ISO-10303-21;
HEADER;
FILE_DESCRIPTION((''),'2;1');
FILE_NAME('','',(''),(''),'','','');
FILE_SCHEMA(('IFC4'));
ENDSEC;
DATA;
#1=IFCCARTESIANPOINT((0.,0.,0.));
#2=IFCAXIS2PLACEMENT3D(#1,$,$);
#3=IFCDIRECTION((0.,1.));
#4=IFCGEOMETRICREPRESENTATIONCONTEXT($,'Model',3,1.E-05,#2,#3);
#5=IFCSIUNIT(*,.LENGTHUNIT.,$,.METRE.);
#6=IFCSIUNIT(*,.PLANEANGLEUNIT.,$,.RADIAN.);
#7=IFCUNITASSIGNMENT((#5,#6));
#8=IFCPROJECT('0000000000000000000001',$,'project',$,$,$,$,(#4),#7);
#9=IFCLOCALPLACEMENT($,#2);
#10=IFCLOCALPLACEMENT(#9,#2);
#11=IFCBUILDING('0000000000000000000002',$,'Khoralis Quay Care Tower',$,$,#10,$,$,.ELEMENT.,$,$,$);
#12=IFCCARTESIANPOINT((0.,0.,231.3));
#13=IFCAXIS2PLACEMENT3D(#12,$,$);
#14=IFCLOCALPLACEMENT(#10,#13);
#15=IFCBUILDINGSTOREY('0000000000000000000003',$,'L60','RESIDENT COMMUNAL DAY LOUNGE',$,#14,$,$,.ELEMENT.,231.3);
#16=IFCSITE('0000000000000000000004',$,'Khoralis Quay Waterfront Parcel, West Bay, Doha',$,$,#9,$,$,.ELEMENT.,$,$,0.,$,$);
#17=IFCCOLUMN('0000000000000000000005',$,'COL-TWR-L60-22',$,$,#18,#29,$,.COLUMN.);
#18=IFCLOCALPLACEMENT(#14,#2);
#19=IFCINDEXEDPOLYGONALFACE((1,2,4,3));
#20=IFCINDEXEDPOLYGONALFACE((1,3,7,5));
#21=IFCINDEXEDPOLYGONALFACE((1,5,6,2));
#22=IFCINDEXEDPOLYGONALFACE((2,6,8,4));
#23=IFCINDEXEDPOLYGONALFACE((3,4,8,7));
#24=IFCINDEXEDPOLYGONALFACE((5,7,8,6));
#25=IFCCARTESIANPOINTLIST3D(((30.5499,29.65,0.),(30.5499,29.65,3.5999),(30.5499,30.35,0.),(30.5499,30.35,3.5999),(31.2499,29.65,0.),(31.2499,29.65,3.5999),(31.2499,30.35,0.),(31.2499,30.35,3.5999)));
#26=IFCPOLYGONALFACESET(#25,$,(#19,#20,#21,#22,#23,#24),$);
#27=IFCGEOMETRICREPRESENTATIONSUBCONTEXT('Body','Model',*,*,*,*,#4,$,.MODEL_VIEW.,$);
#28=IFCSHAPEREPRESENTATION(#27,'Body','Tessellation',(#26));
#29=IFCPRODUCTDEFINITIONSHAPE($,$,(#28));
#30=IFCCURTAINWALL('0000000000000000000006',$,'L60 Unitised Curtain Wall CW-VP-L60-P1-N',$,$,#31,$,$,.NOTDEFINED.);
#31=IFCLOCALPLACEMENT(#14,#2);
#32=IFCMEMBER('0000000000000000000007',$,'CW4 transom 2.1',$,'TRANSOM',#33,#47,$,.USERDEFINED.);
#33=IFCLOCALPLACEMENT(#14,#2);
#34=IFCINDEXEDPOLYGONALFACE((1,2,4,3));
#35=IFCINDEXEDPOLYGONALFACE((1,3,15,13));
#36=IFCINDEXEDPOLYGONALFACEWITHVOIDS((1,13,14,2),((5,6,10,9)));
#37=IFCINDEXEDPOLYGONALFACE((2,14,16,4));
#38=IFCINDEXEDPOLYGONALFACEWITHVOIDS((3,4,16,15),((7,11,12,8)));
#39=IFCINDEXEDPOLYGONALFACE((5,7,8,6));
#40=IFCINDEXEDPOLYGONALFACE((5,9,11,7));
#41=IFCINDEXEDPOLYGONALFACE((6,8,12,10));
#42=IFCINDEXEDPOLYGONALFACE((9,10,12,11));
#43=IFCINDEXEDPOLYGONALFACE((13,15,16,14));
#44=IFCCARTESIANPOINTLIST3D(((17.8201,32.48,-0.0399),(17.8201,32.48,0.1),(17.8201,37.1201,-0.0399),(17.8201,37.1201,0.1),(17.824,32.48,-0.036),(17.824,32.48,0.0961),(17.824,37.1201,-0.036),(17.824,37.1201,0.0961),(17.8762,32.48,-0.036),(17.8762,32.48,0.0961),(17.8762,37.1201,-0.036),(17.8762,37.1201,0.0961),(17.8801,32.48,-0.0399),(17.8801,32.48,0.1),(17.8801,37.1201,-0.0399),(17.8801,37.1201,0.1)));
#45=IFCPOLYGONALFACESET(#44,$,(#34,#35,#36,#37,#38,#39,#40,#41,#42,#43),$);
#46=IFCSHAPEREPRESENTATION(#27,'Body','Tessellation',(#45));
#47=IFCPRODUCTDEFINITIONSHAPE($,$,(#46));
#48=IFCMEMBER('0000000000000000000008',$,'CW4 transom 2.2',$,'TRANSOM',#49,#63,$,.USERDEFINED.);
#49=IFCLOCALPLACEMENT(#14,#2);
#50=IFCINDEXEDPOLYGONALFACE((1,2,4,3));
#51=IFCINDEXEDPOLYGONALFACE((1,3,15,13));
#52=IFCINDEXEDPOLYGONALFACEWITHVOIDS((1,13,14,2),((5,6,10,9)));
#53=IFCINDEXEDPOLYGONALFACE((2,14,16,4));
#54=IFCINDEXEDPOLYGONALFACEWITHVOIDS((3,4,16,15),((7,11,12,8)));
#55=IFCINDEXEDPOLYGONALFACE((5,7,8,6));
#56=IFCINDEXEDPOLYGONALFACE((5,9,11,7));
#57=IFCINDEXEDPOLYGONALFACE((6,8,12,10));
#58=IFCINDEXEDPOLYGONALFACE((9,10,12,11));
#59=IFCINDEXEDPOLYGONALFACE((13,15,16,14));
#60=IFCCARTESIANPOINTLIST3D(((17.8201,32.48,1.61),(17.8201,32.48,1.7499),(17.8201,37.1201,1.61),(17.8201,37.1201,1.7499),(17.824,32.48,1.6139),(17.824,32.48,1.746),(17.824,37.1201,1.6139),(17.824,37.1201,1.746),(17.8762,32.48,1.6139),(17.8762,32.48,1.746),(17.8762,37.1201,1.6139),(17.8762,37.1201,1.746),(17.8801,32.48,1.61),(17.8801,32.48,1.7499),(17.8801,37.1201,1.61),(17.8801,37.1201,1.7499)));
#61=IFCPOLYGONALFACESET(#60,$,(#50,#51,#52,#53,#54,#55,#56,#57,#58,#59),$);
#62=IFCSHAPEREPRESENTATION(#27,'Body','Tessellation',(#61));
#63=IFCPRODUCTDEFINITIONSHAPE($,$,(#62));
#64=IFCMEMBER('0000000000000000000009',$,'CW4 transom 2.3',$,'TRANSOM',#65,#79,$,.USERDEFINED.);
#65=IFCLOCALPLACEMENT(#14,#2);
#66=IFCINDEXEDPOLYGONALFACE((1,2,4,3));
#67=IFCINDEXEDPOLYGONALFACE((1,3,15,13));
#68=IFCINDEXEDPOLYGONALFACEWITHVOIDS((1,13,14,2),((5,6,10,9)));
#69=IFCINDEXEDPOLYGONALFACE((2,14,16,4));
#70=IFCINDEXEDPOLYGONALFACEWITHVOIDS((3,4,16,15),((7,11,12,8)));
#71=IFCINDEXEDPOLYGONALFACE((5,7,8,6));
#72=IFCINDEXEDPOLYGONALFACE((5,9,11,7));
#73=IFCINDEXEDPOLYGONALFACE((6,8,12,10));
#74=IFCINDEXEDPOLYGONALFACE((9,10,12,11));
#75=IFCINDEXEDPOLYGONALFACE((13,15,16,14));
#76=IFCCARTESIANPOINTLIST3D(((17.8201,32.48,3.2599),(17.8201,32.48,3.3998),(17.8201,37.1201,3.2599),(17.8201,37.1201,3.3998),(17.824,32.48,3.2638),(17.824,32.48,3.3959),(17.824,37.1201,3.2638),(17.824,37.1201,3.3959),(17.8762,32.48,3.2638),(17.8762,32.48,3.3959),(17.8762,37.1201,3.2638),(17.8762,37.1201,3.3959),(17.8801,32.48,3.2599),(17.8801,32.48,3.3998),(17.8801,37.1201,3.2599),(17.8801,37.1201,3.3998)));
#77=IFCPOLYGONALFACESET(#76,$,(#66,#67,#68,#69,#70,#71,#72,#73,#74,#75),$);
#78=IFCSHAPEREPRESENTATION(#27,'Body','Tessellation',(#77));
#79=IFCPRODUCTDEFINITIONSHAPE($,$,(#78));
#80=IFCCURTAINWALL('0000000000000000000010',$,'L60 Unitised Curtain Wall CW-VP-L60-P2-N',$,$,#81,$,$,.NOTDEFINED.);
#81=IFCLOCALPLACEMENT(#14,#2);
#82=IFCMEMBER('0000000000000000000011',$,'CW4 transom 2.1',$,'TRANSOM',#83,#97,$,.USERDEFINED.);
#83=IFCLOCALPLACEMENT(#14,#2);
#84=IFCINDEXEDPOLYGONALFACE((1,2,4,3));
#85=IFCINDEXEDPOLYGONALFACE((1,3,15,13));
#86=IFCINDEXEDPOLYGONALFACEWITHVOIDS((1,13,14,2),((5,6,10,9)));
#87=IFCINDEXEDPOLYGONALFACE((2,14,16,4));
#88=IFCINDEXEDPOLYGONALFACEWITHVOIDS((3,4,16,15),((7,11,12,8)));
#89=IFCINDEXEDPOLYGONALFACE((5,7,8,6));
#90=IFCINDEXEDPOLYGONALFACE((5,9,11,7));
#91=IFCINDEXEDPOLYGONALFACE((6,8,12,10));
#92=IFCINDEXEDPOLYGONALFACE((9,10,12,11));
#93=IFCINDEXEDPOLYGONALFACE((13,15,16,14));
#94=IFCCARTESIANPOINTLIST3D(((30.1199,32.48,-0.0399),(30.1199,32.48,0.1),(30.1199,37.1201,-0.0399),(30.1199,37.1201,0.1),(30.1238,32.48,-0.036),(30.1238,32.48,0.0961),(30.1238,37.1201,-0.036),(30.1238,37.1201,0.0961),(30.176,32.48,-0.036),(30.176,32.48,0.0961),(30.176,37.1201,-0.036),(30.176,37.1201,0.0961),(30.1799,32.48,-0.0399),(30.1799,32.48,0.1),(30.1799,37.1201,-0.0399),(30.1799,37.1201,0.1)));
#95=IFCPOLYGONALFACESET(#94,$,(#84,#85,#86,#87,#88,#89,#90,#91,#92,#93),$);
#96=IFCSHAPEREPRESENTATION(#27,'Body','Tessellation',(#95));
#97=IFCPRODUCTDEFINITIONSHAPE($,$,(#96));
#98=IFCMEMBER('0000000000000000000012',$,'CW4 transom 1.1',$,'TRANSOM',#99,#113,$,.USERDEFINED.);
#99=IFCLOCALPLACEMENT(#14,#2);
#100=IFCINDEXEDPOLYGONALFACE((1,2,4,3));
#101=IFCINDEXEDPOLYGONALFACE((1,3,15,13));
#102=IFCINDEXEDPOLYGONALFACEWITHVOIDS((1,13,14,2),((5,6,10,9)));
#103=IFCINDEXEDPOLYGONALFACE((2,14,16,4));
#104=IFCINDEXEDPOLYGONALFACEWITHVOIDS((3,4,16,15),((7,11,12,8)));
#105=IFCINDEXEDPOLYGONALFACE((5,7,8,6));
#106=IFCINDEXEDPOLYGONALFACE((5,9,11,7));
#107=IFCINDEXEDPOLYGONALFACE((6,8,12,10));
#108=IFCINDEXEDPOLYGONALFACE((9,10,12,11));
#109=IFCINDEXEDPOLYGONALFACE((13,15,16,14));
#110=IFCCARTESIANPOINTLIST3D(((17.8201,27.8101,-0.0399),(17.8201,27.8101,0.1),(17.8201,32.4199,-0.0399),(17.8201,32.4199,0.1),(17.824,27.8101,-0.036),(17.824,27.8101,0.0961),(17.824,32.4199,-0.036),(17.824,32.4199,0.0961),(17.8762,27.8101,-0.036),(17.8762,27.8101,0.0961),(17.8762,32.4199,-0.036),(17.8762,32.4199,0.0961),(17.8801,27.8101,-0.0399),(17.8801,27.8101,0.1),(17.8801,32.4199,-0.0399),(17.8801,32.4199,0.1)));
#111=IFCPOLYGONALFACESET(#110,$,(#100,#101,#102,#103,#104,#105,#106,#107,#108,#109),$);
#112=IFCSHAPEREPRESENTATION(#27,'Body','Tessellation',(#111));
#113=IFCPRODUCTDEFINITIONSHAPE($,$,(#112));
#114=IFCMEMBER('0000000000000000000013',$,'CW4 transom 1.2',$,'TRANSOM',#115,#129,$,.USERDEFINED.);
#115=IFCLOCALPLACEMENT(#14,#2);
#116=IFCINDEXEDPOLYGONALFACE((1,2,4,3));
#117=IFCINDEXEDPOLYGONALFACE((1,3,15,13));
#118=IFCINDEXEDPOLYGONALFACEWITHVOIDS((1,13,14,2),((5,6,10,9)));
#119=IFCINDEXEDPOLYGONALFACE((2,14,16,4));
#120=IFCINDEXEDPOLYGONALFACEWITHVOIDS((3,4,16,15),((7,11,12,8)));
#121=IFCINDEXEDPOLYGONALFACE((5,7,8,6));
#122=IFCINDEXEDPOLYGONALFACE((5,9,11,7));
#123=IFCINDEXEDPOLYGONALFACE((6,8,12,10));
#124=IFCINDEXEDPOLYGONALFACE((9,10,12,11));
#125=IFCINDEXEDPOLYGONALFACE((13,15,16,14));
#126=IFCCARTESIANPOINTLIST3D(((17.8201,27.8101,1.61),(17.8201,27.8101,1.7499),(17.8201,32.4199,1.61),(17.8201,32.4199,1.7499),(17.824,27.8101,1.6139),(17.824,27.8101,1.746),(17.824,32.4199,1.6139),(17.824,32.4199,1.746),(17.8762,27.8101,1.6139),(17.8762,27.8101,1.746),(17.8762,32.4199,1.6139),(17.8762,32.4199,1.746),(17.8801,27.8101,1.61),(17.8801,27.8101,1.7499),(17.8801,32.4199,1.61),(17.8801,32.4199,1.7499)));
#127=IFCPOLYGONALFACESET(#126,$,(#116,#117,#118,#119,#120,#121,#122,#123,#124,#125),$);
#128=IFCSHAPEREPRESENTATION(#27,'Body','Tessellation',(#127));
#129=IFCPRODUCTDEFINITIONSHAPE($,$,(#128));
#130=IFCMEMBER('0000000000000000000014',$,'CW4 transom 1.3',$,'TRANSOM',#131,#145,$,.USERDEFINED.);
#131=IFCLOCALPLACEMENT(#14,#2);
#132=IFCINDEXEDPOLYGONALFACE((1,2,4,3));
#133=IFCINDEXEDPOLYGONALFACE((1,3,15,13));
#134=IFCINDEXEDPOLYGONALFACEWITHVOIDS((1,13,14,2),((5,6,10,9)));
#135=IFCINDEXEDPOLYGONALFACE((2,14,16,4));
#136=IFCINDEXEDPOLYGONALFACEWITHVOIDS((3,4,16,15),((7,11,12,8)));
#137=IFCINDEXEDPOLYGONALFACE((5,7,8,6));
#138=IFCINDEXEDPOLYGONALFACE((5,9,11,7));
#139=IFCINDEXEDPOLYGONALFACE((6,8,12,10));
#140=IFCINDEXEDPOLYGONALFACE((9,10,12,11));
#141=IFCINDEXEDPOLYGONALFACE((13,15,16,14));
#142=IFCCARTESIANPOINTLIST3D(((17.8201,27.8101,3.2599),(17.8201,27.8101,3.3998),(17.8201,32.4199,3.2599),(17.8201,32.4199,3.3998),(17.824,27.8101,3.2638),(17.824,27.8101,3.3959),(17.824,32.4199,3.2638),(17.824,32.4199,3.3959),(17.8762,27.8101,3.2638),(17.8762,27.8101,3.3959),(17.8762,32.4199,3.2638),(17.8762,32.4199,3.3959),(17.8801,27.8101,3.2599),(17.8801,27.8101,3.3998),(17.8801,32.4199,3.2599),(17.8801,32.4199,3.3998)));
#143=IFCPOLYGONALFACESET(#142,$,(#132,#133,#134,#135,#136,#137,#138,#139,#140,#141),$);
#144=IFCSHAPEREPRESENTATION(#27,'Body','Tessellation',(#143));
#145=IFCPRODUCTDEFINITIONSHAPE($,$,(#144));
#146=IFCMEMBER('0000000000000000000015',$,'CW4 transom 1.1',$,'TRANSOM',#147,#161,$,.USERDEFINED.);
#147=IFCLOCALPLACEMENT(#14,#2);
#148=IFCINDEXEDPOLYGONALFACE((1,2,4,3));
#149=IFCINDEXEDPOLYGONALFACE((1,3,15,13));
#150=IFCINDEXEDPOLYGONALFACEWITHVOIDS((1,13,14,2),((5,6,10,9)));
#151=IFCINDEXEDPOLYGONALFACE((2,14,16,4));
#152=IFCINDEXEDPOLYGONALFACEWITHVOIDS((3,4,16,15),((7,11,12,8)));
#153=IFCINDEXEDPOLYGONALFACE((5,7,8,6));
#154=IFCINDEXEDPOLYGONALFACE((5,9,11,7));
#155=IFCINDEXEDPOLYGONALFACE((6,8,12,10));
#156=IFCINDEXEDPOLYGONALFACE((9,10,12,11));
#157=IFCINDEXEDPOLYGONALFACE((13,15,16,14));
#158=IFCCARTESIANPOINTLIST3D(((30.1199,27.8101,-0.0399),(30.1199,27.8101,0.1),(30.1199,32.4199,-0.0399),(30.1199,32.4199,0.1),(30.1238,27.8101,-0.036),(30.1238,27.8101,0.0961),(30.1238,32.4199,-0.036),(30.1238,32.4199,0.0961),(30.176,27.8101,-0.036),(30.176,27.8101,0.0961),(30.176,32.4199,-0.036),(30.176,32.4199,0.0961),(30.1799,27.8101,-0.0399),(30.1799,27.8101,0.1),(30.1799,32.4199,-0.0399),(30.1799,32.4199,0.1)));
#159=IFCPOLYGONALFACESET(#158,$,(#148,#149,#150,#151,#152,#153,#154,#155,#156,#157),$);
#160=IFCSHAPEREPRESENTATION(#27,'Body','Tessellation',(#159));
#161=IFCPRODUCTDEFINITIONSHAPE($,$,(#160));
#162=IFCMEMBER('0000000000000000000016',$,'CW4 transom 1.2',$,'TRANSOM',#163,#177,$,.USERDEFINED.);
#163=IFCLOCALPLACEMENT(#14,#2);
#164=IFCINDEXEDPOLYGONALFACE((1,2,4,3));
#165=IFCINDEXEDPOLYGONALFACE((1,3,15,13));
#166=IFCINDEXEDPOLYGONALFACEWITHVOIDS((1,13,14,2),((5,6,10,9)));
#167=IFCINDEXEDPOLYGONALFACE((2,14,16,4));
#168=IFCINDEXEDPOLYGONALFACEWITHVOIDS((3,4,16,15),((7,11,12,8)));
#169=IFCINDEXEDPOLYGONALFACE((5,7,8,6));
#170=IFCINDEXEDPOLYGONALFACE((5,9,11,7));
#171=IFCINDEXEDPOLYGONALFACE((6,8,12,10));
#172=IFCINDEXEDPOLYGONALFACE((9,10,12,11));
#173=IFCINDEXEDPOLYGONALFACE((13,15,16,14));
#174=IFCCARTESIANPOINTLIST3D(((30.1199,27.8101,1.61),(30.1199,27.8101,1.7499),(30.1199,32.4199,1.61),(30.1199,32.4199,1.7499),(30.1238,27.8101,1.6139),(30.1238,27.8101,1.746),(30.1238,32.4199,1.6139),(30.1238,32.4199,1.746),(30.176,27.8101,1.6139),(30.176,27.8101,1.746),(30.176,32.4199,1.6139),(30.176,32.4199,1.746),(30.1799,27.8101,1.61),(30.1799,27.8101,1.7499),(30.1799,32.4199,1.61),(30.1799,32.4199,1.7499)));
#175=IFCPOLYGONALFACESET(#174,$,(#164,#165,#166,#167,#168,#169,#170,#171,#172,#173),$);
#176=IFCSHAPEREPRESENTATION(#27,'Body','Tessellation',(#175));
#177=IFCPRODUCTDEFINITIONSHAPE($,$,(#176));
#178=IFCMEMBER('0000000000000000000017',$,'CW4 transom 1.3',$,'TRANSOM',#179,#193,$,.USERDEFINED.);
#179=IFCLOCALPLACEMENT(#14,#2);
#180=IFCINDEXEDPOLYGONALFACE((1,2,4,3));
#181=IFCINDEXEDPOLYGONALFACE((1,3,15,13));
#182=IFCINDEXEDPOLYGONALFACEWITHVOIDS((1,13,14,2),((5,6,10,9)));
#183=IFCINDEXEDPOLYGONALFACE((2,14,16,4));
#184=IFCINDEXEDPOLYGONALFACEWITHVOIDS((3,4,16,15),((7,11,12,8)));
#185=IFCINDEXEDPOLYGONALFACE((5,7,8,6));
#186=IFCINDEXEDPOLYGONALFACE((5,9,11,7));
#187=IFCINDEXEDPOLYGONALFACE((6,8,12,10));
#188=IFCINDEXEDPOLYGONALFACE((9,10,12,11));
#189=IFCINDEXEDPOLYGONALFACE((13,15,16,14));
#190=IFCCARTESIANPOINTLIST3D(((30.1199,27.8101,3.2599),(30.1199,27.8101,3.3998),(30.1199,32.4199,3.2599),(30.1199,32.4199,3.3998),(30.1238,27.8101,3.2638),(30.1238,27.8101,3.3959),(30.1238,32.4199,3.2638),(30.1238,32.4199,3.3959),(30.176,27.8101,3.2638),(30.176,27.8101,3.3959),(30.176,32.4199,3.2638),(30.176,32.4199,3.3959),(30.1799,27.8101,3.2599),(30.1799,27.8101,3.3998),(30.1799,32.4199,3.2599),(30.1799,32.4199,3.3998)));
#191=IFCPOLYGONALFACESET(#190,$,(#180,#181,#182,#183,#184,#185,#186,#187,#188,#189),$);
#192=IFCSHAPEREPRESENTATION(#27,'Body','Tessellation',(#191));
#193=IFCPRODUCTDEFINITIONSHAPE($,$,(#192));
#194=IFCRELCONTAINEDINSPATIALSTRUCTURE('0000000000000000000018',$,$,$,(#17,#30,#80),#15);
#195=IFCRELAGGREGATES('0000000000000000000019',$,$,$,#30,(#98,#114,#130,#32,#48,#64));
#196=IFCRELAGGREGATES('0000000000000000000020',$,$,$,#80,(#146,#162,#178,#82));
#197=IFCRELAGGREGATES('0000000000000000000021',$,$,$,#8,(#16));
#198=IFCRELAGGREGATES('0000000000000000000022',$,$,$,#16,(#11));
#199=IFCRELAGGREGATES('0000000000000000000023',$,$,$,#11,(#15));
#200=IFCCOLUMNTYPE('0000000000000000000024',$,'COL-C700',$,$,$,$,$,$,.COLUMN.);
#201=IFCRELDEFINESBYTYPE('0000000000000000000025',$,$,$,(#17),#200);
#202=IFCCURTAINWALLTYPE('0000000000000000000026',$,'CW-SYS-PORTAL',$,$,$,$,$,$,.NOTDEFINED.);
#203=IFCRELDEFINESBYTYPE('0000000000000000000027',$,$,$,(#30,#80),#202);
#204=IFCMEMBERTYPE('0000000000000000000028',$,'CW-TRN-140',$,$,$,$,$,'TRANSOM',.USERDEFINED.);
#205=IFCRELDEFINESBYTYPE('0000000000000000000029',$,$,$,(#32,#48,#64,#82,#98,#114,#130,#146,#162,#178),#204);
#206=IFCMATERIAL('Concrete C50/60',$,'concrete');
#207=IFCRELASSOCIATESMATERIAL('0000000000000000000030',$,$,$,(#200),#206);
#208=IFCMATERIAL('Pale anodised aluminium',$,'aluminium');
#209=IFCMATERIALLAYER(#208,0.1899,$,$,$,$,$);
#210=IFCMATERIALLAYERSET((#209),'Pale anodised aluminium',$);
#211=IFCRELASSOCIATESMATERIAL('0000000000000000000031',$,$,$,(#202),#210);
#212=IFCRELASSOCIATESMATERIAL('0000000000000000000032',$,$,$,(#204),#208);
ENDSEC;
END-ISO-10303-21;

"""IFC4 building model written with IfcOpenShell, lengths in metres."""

from ifc_helpers import new_model, si_unit, direction, frame, origin, origin_2d, place, context, subcontext, project, spatial, rectangle, hollow_rectangle, extrude, source, transform, mapped, material, layer, layer_set, material_profile, profile_set, type_object, element, aggregate, save


model = new_model("IFC4")

# Units and contexts
model_context = context("Model", 3, precision=1e-05, world=origin(), true_north=direction((0.0, 1.0)))
body_context = subcontext(model_context, "Body", "Model", "MODEL_VIEW")
ifc_project = project(units=[si_unit("LENGTHUNIT", "METRE"), si_unit("PLANEANGLEUNIT", "RADIAN")], contexts=[model_context])

# Site, building, storey
site_placement = place(None, origin())
site = spatial("IfcSite", under=ifc_project, at=site_placement, Name="Khoralis Quay Waterfront Parcel, West Bay, Doha", CompositionType="ELEMENT", RefElevation=0.0)
building_placement = place(site_placement, origin())
building = spatial("IfcBuilding", under=site, at=building_placement, Name="Khoralis Quay Care Tower", CompositionType="ELEMENT")
storey_placement = place(building_placement, frame((0.0, 0.0, 231.3)))
storey = spatial("IfcBuildingStorey", under=building, at=storey_placement, Name="L60", Description="RESIDENT COMMUNAL DAY LOUNGE", CompositionType="ELEMENT", Elevation=231.3)

# Column
ifc_material_1 = material(Name="Concrete C50/60", Category="concrete")
ifc_material_profile_1 = material_profile(ifc_material_1, rectangle(XDim=0.7, YDim=0.7, at=origin_2d()), Name="Concrete C50/60")
ifc_profile_set_1 = profile_set([ifc_material_profile_1], Name="Concrete C50/60")
column_type = type_object("IfcColumnType", Name="COL-C700", PredefinedType="COLUMN", material=ifc_profile_set_1)
shared_shape_1 = source(origin(), body_context, "Body", "SweptSolid", [
    extrude(rectangle(XDim=0.7, YDim=0.7, at=origin_2d()), origin(), (0.0, 0.0, 1.0), 3.5999),
])
column_placement = place(storey_placement, frame((30.8999, 30.0, 0.0), z_axis=(0.0, 0.0, 1.0), x_axis=(1.0, 0.0, 0.0)))
element("IfcColumn", 1, at=column_placement, inside=storey, type_object=column_type, Name="COL-TWR-L60-22", PredefinedType="COLUMN", context=body_context, shape_type="MappedRepresentation", body=[
    mapped(shared_shape_1, transform((0.0, 0.0, 0.0), scale=1.0)),
])

# Curtain wall, members
ifc_material_2 = material(Name="Pale anodised aluminium", Category="aluminium")
ifc_layer_1 = layer(ifc_material_2, 0.1899)
ifc_layer_set_1 = layer_set([ifc_layer_1], Name="Pale anodised aluminium")
curtain_wall_type = type_object("IfcCurtainWallType", Name="CW-SYS-PORTAL", PredefinedType="NOTDEFINED", material=ifc_layer_set_1)
curtain_wall_1_placement = place(storey_placement, origin())
curtain_wall_1 = element("IfcCurtainWall", 2, at=curtain_wall_1_placement, inside=storey, type_object=curtain_wall_type, Name="L60 Unitised Curtain Wall CW-VP-L60-P1-N", PredefinedType="NOTDEFINED")
ifc_material_profile_2 = material_profile(ifc_material_2, hollow_rectangle(XDim=0.0601, YDim=0.1399, WallThickness=0.0039, at=origin_2d()), Name="Pale anodised aluminium")
ifc_profile_set_2 = profile_set([ifc_material_profile_2], Name="Pale anodised aluminium")
member_type_1 = type_object("IfcMemberType", Name="CW-TRN-140", ElementType="TRANSOM", PredefinedType="USERDEFINED", material=ifc_profile_set_2)
shared_shape_2 = source(origin(), body_context, "Body", "SweptSolid", [
    extrude(hollow_rectangle(XDim=0.0601, YDim=0.1399, WallThickness=0.0039, at=origin_2d()), origin(), (0.0, 0.0, 1.0), 4.6401),
])
member_1_placement = place(storey_placement, frame((17.8501, 32.48, 0.03), z_axis=(0.0, 1.0, 0.0), x_axis=(-1.0, 0.0, 0.0)))
member_1 = element("IfcMember", 3, at=member_1_placement, type_object=member_type_1, Name="CW4 transom 2.1", ObjectType="TRANSOM", PredefinedType="USERDEFINED", context=body_context, shape_type="MappedRepresentation", body=[
    mapped(shared_shape_2, transform((0.0, 0.0, 0.0), scale=1.0)),
])
member_2_placement = place(storey_placement, frame((17.8501, 32.48, 1.6799), z_axis=(0.0, 1.0, 0.0), x_axis=(-1.0, 0.0, 0.0)))
member_2 = element("IfcMember", 4, at=member_2_placement, type_object=member_type_1, Name="CW4 transom 2.2", ObjectType="TRANSOM", PredefinedType="USERDEFINED", context=body_context, shape_type="MappedRepresentation", body=[
    mapped(shared_shape_2, transform((0.0, 0.0, 0.0), scale=1.0)),
])
member_3_placement = place(storey_placement, frame((17.8501, 32.48, 3.3298), z_axis=(0.0, 1.0, 0.0), x_axis=(-1.0, 0.0, 0.0)))
member_3 = element("IfcMember", 5, at=member_3_placement, type_object=member_type_1, Name="CW4 transom 2.3", ObjectType="TRANSOM", PredefinedType="USERDEFINED", context=body_context, shape_type="MappedRepresentation", body=[
    mapped(shared_shape_2, transform((0.0, 0.0, 0.0), scale=1.0)),
])

# Curtain wall, member
curtain_wall_2_placement = place(storey_placement, origin())
curtain_wall_2 = element("IfcCurtainWall", 6, at=curtain_wall_2_placement, inside=storey, type_object=curtain_wall_type, Name="L60 Unitised Curtain Wall CW-VP-L60-P2-N", PredefinedType="NOTDEFINED")
member_4_placement = place(storey_placement, frame((30.1499, 32.48, 0.03), z_axis=(0.0, 1.0, 0.0), x_axis=(-1.0, 0.0, 0.0)))
member_4 = element("IfcMember", 7, at=member_4_placement, type_object=member_type_1, Name="CW4 transom 2.1", ObjectType="TRANSOM", PredefinedType="USERDEFINED", context=body_context, shape_type="MappedRepresentation", body=[
    mapped(shared_shape_2, transform((0.0, 0.0, 0.0), scale=1.0)),
])

# Members
shared_shape_3 = source(origin(), body_context, "Body", "SweptSolid", [
    extrude(hollow_rectangle(XDim=0.0601, YDim=0.1399, WallThickness=0.0039, at=origin_2d()), origin(), (0.0, 0.0, 1.0), 4.6099),
])
member_5_placement = place(storey_placement, frame((17.8501, 27.8101, 0.03), z_axis=(0.0, 1.0, 0.0), x_axis=(-1.0, 0.0, 0.0)))
member_5 = element("IfcMember", 8, at=member_5_placement, type_object=member_type_1, Name="CW4 transom 1.1", ObjectType="TRANSOM", PredefinedType="USERDEFINED", context=body_context, shape_type="MappedRepresentation", body=[
    mapped(shared_shape_3, transform((0.0, 0.0, 0.0), scale=1.0)),
])
member_6_placement = place(storey_placement, frame((17.8501, 27.8101, 1.6799), z_axis=(0.0, 1.0, 0.0), x_axis=(-1.0, 0.0, 0.0)))
member_6 = element("IfcMember", 9, at=member_6_placement, type_object=member_type_1, Name="CW4 transom 1.2", ObjectType="TRANSOM", PredefinedType="USERDEFINED", context=body_context, shape_type="MappedRepresentation", body=[
    mapped(shared_shape_3, transform((0.0, 0.0, 0.0), scale=1.0)),
])
member_7_placement = place(storey_placement, frame((17.8501, 27.8101, 3.3298), z_axis=(0.0, 1.0, 0.0), x_axis=(-1.0, 0.0, 0.0)))
member_7 = element("IfcMember", 10, at=member_7_placement, type_object=member_type_1, Name="CW4 transom 1.3", ObjectType="TRANSOM", PredefinedType="USERDEFINED", context=body_context, shape_type="MappedRepresentation", body=[
    mapped(shared_shape_3, transform((0.0, 0.0, 0.0), scale=1.0)),
])
member_8_placement = place(storey_placement, frame((30.1499, 27.8101, 0.03), z_axis=(0.0, 1.0, 0.0), x_axis=(-1.0, 0.0, 0.0)))
member_8 = element("IfcMember", 11, at=member_8_placement, type_object=member_type_1, Name="CW4 transom 1.1", ObjectType="TRANSOM", PredefinedType="USERDEFINED", context=body_context, shape_type="MappedRepresentation", body=[
    mapped(shared_shape_3, transform((0.0, 0.0, 0.0), scale=1.0)),
])
member_9_placement = place(storey_placement, frame((30.1499, 27.8101, 1.6799), z_axis=(0.0, 1.0, 0.0), x_axis=(-1.0, 0.0, 0.0)))
member_9 = element("IfcMember", 12, at=member_9_placement, type_object=member_type_1, Name="CW4 transom 1.2", ObjectType="TRANSOM", PredefinedType="USERDEFINED", context=body_context, shape_type="MappedRepresentation", body=[
    mapped(shared_shape_3, transform((0.0, 0.0, 0.0), scale=1.0)),
])
member_10_placement = place(storey_placement, frame((30.1499, 27.8101, 3.3298), z_axis=(0.0, 1.0, 0.0), x_axis=(-1.0, 0.0, 0.0)))
member_10 = element("IfcMember", 13, at=member_10_placement, type_object=member_type_1, Name="CW4 transom 1.3", ObjectType="TRANSOM", PredefinedType="USERDEFINED", context=body_context, shape_type="MappedRepresentation", body=[
    mapped(shared_shape_3, transform((0.0, 0.0, 0.0), scale=1.0)),
])

aggregate(curtain_wall_1, [member_5, member_6, member_7, member_1, member_2, member_3])
aggregate(curtain_wall_2, [member_8, member_9, member_10, member_4])

save(model, "model.ifc")
